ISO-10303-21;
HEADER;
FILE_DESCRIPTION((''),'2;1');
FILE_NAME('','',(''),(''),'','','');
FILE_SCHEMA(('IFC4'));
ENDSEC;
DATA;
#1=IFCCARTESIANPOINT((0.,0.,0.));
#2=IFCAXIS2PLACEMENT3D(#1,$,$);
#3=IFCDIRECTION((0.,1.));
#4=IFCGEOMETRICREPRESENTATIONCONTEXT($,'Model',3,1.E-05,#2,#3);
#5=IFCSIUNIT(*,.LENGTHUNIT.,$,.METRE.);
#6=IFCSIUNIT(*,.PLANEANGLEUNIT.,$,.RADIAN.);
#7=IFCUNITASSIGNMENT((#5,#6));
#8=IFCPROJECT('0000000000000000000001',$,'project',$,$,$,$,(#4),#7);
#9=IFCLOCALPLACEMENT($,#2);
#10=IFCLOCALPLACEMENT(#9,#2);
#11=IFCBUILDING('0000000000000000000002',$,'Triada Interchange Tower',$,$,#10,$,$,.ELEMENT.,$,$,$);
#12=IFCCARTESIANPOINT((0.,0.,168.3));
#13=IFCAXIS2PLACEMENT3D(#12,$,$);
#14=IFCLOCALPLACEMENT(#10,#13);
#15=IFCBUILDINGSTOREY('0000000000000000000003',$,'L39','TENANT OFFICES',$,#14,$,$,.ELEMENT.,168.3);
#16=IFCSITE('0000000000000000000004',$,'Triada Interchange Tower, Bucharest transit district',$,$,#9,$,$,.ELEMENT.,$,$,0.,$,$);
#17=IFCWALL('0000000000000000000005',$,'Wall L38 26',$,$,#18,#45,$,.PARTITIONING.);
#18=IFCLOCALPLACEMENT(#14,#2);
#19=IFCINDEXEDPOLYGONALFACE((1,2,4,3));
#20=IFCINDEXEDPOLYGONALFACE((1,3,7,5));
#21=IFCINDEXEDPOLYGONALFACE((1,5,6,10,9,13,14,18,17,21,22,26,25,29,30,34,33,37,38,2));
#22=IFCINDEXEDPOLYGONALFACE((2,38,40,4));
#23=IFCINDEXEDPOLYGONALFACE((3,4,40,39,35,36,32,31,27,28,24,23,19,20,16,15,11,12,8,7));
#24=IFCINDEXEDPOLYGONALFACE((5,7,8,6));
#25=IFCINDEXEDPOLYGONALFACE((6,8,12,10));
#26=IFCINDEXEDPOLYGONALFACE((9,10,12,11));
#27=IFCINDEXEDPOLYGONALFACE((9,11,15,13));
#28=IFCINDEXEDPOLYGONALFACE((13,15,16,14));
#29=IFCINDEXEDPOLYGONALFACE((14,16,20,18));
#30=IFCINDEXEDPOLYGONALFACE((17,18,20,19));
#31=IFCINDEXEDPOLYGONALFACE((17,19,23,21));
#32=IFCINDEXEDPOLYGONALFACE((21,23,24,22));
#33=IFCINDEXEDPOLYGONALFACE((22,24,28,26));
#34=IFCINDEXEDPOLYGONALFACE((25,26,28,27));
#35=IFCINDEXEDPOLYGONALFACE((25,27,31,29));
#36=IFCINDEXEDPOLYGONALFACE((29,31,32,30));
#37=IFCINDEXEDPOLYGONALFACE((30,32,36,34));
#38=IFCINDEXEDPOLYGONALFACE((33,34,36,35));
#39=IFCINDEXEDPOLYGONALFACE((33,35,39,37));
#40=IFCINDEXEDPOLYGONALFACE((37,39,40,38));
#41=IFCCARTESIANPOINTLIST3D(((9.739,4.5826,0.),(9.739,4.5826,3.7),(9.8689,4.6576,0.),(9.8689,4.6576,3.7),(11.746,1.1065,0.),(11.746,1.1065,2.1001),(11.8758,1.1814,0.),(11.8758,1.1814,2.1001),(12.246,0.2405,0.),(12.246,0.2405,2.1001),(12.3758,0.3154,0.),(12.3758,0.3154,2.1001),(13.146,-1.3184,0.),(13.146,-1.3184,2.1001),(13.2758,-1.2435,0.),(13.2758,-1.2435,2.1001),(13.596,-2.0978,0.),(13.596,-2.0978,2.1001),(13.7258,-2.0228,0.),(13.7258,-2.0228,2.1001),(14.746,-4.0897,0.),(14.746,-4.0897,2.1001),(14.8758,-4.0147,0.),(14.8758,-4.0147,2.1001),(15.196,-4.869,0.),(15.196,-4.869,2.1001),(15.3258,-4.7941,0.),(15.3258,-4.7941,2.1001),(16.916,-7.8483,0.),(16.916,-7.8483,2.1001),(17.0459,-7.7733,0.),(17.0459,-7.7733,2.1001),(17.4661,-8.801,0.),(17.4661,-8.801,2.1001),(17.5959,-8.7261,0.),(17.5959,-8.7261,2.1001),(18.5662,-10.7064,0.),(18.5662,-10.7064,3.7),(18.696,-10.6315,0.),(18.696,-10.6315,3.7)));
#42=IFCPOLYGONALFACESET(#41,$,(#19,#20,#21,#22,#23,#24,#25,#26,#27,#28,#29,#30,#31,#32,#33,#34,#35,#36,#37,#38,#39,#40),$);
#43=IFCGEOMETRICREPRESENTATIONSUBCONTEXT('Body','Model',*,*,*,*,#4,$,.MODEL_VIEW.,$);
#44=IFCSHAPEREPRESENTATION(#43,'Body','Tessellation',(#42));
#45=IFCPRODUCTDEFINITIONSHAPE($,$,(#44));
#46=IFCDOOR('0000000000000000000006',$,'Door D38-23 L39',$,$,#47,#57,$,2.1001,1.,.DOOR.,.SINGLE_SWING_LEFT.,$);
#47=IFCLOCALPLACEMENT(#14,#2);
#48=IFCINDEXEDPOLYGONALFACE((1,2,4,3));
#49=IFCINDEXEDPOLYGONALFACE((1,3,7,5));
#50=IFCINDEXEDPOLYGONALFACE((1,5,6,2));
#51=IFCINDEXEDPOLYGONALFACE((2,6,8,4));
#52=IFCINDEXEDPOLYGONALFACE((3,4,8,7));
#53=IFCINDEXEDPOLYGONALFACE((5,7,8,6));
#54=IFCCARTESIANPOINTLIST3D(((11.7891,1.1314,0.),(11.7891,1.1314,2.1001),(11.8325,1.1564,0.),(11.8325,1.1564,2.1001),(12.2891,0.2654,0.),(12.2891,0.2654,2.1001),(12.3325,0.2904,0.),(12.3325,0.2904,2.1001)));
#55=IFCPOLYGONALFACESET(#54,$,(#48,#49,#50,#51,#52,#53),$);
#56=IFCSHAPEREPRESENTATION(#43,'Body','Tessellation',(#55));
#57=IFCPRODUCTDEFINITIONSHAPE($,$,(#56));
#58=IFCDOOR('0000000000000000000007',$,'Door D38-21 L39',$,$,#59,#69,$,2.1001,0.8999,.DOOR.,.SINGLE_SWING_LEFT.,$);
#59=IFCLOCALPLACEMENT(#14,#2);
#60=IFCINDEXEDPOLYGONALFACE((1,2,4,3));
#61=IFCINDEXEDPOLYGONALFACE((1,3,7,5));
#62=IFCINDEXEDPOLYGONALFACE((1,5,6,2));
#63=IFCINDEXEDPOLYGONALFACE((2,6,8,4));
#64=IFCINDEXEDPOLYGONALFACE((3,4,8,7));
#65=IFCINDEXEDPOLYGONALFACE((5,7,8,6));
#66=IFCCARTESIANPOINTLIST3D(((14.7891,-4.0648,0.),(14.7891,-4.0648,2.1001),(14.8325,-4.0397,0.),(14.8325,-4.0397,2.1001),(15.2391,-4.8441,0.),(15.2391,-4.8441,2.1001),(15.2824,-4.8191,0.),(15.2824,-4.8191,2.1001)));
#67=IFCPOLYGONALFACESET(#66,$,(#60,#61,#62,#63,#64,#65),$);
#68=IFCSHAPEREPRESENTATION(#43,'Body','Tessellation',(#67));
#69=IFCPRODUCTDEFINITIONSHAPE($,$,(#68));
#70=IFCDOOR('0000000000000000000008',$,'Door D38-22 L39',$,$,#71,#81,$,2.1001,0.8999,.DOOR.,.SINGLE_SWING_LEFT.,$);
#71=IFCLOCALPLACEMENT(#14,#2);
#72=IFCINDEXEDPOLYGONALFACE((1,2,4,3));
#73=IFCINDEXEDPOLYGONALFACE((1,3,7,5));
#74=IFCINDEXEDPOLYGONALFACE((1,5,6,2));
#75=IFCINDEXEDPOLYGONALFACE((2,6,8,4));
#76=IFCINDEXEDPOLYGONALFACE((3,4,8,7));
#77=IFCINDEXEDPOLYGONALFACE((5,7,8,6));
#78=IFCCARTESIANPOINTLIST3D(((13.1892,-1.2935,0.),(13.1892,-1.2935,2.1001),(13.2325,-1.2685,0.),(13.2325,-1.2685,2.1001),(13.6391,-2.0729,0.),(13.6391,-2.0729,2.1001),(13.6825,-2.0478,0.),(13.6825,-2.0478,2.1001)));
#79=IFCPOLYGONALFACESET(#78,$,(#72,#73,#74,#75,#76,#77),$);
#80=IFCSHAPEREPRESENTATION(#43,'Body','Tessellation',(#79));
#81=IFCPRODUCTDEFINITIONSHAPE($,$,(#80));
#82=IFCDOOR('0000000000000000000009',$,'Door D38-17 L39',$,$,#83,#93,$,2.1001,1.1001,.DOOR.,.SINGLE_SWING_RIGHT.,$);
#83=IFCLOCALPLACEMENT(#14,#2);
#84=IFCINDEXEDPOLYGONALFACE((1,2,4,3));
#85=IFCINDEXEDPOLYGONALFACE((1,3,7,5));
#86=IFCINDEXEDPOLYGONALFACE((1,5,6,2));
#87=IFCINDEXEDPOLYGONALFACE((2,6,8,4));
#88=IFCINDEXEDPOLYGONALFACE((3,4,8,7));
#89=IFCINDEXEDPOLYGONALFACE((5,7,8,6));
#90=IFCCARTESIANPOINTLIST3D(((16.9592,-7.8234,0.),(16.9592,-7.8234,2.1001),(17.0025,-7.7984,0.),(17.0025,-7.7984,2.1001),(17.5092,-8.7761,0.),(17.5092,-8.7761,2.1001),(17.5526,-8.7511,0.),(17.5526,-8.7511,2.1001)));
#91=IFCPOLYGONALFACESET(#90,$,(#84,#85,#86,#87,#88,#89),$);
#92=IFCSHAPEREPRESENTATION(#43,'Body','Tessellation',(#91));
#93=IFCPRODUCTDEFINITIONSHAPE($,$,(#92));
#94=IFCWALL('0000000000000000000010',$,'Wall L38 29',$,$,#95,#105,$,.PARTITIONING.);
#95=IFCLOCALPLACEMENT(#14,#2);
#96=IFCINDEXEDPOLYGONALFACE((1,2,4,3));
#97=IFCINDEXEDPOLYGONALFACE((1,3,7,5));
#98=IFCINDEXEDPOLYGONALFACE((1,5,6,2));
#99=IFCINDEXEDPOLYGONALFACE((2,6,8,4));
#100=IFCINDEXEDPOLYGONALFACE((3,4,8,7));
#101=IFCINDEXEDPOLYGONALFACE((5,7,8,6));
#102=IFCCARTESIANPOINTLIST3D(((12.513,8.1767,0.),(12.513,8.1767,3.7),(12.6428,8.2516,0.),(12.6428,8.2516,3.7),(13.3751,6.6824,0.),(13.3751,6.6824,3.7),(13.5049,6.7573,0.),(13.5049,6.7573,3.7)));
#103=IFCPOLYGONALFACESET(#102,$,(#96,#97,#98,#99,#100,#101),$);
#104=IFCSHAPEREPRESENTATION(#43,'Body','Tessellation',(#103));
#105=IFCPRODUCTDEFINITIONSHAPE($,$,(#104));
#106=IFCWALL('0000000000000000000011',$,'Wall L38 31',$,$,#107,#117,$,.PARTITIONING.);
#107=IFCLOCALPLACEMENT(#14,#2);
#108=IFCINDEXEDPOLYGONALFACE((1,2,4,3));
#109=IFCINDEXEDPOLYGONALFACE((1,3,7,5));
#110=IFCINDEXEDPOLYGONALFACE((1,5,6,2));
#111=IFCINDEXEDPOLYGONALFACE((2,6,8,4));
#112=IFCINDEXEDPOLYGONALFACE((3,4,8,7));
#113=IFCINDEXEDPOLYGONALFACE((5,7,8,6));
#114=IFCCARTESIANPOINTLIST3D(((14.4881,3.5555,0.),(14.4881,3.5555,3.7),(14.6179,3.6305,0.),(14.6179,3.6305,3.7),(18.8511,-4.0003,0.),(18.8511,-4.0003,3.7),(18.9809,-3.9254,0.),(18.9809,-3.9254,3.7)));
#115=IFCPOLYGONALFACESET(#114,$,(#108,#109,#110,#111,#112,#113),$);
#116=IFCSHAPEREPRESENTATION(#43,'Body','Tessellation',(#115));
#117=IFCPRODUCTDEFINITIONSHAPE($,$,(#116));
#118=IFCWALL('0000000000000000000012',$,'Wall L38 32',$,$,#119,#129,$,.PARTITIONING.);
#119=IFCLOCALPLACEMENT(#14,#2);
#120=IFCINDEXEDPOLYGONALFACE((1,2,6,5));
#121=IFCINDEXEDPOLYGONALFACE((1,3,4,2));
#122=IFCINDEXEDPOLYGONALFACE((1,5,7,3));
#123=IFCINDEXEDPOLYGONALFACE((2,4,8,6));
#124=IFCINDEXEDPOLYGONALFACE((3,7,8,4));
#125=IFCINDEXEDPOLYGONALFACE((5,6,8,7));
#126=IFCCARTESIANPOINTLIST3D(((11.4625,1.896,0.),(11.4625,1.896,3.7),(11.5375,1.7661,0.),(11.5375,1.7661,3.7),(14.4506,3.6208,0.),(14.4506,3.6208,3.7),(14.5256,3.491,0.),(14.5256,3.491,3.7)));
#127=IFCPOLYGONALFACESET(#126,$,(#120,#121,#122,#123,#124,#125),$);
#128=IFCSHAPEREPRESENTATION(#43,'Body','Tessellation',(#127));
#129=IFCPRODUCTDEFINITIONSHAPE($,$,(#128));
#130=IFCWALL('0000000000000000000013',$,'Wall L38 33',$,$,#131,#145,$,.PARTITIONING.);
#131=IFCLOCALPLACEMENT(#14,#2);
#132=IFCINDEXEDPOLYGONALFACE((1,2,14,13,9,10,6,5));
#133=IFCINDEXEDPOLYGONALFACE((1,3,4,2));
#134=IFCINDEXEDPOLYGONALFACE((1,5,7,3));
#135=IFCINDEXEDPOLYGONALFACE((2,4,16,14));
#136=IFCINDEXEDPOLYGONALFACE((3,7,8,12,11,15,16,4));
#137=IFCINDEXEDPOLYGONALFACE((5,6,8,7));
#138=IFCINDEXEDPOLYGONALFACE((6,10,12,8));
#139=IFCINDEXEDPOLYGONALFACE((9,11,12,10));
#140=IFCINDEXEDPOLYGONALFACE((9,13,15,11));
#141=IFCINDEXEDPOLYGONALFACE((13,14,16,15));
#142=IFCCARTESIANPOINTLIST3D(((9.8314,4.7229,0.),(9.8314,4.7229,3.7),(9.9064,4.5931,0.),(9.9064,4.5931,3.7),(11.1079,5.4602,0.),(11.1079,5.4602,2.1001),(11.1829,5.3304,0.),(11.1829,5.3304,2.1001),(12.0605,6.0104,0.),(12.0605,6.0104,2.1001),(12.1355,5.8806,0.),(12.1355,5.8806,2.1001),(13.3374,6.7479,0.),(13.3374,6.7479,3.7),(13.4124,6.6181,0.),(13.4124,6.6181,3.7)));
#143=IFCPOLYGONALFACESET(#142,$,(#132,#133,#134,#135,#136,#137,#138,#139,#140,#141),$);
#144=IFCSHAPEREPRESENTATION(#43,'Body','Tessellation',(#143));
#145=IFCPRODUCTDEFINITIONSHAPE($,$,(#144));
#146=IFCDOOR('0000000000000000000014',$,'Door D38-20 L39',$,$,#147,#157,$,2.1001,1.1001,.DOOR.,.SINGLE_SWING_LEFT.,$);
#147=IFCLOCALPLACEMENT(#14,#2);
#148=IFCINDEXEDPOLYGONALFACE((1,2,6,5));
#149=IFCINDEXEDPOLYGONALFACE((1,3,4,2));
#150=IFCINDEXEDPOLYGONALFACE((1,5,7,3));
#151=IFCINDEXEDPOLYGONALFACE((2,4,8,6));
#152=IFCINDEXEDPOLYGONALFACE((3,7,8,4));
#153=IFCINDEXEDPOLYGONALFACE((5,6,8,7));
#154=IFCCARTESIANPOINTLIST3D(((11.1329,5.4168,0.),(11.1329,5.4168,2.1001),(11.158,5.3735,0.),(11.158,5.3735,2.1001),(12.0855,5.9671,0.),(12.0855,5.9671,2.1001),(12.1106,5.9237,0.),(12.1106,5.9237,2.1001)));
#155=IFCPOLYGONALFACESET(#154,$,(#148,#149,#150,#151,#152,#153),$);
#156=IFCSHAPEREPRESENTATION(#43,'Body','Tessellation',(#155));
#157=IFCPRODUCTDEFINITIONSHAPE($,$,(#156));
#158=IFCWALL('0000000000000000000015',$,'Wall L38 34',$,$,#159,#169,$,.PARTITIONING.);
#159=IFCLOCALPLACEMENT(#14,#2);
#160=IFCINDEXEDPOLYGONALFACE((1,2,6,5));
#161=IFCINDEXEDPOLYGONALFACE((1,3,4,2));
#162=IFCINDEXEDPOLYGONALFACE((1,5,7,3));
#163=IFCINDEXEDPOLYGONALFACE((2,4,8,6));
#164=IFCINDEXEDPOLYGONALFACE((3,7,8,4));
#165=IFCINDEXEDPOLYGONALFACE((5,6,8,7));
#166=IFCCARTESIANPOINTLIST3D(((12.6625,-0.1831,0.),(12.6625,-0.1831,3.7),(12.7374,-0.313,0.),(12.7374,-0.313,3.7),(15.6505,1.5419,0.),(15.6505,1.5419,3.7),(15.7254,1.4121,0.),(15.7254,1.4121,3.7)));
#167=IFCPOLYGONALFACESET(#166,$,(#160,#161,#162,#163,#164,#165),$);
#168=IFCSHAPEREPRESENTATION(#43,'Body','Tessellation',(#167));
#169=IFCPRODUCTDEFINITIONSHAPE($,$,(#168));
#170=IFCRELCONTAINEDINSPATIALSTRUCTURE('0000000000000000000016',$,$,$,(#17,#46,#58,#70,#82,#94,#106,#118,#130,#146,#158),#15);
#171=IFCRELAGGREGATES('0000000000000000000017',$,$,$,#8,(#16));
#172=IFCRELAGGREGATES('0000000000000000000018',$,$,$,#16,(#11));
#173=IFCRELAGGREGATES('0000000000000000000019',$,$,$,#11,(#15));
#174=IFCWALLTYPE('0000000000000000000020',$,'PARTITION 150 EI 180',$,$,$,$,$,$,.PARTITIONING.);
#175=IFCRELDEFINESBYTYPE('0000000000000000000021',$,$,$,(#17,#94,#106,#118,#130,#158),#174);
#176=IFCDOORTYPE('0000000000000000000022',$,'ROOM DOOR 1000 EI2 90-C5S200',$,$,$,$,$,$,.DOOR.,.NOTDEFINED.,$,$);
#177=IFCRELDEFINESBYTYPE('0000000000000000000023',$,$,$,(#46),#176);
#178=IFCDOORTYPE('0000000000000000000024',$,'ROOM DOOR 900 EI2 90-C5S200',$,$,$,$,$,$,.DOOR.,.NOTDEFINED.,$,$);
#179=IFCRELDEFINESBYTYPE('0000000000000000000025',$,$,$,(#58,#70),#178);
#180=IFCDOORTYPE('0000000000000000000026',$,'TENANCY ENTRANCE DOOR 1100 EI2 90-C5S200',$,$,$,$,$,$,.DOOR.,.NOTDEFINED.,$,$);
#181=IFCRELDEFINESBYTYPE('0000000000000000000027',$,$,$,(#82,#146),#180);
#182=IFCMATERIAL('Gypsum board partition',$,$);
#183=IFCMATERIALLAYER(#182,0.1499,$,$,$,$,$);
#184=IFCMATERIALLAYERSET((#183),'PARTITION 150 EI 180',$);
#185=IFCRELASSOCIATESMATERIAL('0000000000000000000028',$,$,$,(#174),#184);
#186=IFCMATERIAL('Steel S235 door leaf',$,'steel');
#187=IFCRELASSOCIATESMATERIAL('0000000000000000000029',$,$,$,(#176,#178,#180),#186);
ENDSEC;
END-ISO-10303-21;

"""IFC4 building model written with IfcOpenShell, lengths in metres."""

from ifc_helpers import new_model, si_unit, direction, frame, frame_2d, origin, place, context, subcontext, project, spatial, rectangle, extrude, material, layer, layer_set, type_object, element, fill, save


model = new_model("IFC4")

# Units and contexts
model_context = context("Model", 3, precision=1e-05, world=origin(), true_north=direction((0.0, 1.0)))
body_context = subcontext(model_context, "Body", "Model", "MODEL_VIEW")
ifc_project = project(units=[si_unit("LENGTHUNIT", "METRE"), si_unit("PLANEANGLEUNIT", "RADIAN")], contexts=[model_context])

# Site, building, storey
site_placement = place(None, origin())
site = spatial("IfcSite", under=ifc_project, at=site_placement, Name="Triada Interchange Tower, Bucharest transit district", CompositionType="ELEMENT", RefElevation=0.0)
building_placement = place(site_placement, origin())
building = spatial("IfcBuilding", under=site, at=building_placement, Name="Triada Interchange Tower", CompositionType="ELEMENT")
storey_placement = place(building_placement, frame((0.0, 0.0, 168.3)))
storey = spatial("IfcBuildingStorey", under=building, at=storey_placement, Name="L39", Description="TENANT OFFICES", CompositionType="ELEMENT", Elevation=168.3)

# Shared definitions
ifc_material_1 = material(Name="Gypsum board partition")
ifc_layer_1 = layer(ifc_material_1, 0.1499)
ifc_layer_set_1 = layer_set([ifc_layer_1], Name="PARTITION 150 EI 180")
wall_type = type_object("IfcWallType", Name="PARTITION 150 EI 180", PredefinedType="PARTITIONING", material=ifc_layer_set_1)

# Wall, openings, doors
wall_1_placement = place(storey_placement, frame((9.804, 4.6201, 0.0), z_axis=(0.0, 0.0, 1.0), x_axis=(0.5, -0.866025, 0.0)))
wall_1 = element("IfcWall", 1, at=wall_1_placement, inside=storey, type_object=wall_type, Name="Wall L38 26", PredefinedType="PARTITIONING", context=body_context, shape_type="SweptSolid", body=[
    extrude(rectangle(XDim=17.6543, YDim=0.1499, at=frame_2d((8.8271, 0.0))), origin(), (0.0, 0.0, 1.0), 3.7),
])
opening_1_placement = place(wall_1_placement, frame((14.354, 0.0, 0.0)))
opening_1 = element("IfcOpeningElement", 2, at=opening_1_placement, cuts=wall_1, PredefinedType="OPENING", context=body_context, shape_type="SweptSolid", body=[
    extrude(rectangle(XDim=1.1001, YDim=2.1001, at=frame_2d((0.55, 1.05))), frame((0.0, 0.085, 0.0), z_axis=(0.0, -1.0, 0.0), x_axis=(1.0, 0.0, 0.0)), (0.0, 0.0, 1.0), 0.1699),
])
opening_2_placement = place(wall_1_placement, frame((10.0139, 0.0, 0.0)))
opening_2 = element("IfcOpeningElement", 3, at=opening_2_placement, cuts=wall_1, PredefinedType="OPENING", context=body_context, shape_type="SweptSolid", body=[
    extrude(rectangle(XDim=0.8999, YDim=2.1001, at=frame_2d((0.45, 1.05))), frame((0.0, 0.085, 0.0), z_axis=(0.0, -1.0, 0.0), x_axis=(1.0, 0.0, 0.0)), (0.0, 0.0, 1.0), 0.1699),
])
opening_3_placement = place(wall_1_placement, frame((6.814, 0.0, 0.0)))
opening_3 = element("IfcOpeningElement", 4, at=opening_3_placement, cuts=wall_1, PredefinedType="OPENING", context=body_context, shape_type="SweptSolid", body=[
    extrude(rectangle(XDim=0.8999, YDim=2.1001, at=frame_2d((0.45, 1.05))), frame((0.0, 0.085, 0.0), z_axis=(0.0, -1.0, 0.0), x_axis=(1.0, 0.0, 0.0)), (0.0, 0.0, 1.0), 0.1699),
])
opening_4_placement = place(wall_1_placement, frame((4.0139, 0.0, 0.0)))
opening_4 = element("IfcOpeningElement", 5, at=opening_4_placement, cuts=wall_1, PredefinedType="OPENING", context=body_context, shape_type="SweptSolid", body=[
    extrude(rectangle(XDim=1.0, YDim=2.1001, at=frame_2d((0.5, 1.05))), frame((0.0, 0.085, 0.0), z_axis=(0.0, -1.0, 0.0), x_axis=(1.0, 0.0, 0.0)), (0.0, 0.0, 1.0), 0.1699),
])
ifc_material_2 = material(Name="Steel S235 door leaf", Category="steel")
door_type_1 = type_object("IfcDoorType", Name="ROOM DOOR 1000 EI2 90-C5S200", OperationType="NOTDEFINED", PredefinedType="DOOR", material=ifc_material_2)
door_1_placement = place(opening_4_placement, origin())
door_1 = element("IfcDoor", 6, at=door_1_placement, inside=storey, type_object=door_type_1, Name="Door D38-23 L39", OperationType="SINGLE_SWING_LEFT", OverallHeight=2.1001, OverallWidth=1.0, PredefinedType="DOOR", context=body_context, shape_type="SweptSolid", body=[
    extrude(rectangle(XDim=1.0, YDim=2.1001, at=frame_2d((0.5, 1.05))), frame((0.0, 0.0249, 0.0), z_axis=(0.0, -1.0, 0.0), x_axis=(1.0, 0.0, 0.0)), (0.0, 0.0, 1.0), 0.05),
])
fill(opening_4, door_1)
door_type_2 = type_object("IfcDoorType", Name="ROOM DOOR 900 EI2 90-C5S200", OperationType="NOTDEFINED", PredefinedType="DOOR", material=ifc_material_2)
door_2_placement = place(opening_2_placement, origin())
door_2 = element("IfcDoor", 7, at=door_2_placement, inside=storey, type_object=door_type_2, Name="Door D38-21 L39", OperationType="SINGLE_SWING_LEFT", OverallHeight=2.1001, OverallWidth=0.8999, PredefinedType="DOOR", context=body_context, shape_type="SweptSolid", body=[
    extrude(rectangle(XDim=0.8999, YDim=2.1001, at=frame_2d((0.45, 1.05))), frame((0.0, 0.0249, 0.0), z_axis=(0.0, -1.0, 0.0), x_axis=(1.0, 0.0, 0.0)), (0.0, 0.0, 1.0), 0.05),
])
fill(opening_2, door_2)
door_3_placement = place(opening_3_placement, origin())
door_3 = element("IfcDoor", 8, at=door_3_placement, inside=storey, type_object=door_type_2, Name="Door D38-22 L39", OperationType="SINGLE_SWING_LEFT", OverallHeight=2.1001, OverallWidth=0.8999, PredefinedType="DOOR", context=body_context, shape_type="SweptSolid", body=[
    extrude(rectangle(XDim=0.8999, YDim=2.1001, at=frame_2d((0.45, 1.05))), frame((0.0, 0.0249, 0.0), z_axis=(0.0, -1.0, 0.0), x_axis=(1.0, 0.0, 0.0)), (0.0, 0.0, 1.0), 0.05),
])
fill(opening_3, door_3)
door_type_3 = type_object("IfcDoorType", Name="TENANCY ENTRANCE DOOR 1100 EI2 90-C5S200", OperationType="NOTDEFINED", PredefinedType="DOOR", material=ifc_material_2)
door_4_placement = place(opening_1_placement, origin())
door_4 = element("IfcDoor", 9, at=door_4_placement, inside=storey, type_object=door_type_3, Name="Door D38-17 L39", OperationType="SINGLE_SWING_RIGHT", OverallHeight=2.1001, OverallWidth=1.1001, PredefinedType="DOOR", context=body_context, shape_type="SweptSolid", body=[
    extrude(rectangle(XDim=1.1001, YDim=2.1001, at=frame_2d((0.55, 1.05))), frame((0.0, 0.0249, 0.0), z_axis=(0.0, -1.0, 0.0), x_axis=(1.0, 0.0, 0.0)), (0.0, 0.0, 1.0), 0.05),
])
fill(opening_1, door_4)

# Walls
wall_2_placement = place(storey_placement, frame((12.5779, 8.2141, 0.0), z_axis=(0.0, 0.0, 1.0), x_axis=(0.499747, -0.866171, 0.0)))
element("IfcWall", 10, at=wall_2_placement, inside=storey, type_object=wall_type, Name="Wall L38 29", PredefinedType="PARTITIONING", context=body_context, shape_type="SweptSolid", body=[
    extrude(rectangle(XDim=1.7251, YDim=0.1499, at=frame_2d((0.8625, 0.0))), origin(), (0.0, 0.0, 1.0), 3.7),
])
wall_3_placement = place(storey_placement, frame((14.553, 3.593, 0.0), z_axis=(0.0, 0.0, 1.0), x_axis=(0.500054, -0.865994, 0.0)))
element("IfcWall", 11, at=wall_3_placement, inside=storey, type_object=wall_type, Name="Wall L38 31", PredefinedType="PARTITIONING", context=body_context, shape_type="SweptSolid", body=[
    extrude(rectangle(XDim=8.7251, YDim=0.1499, at=frame_2d((4.3625, 0.0))), origin(), (0.0, 0.0, 1.0), 3.7),
])
wall_4_placement = place(storey_placement, frame((11.5, 1.8311, 0.0), z_axis=(0.0, 0.0, 1.0), x_axis=(0.866062, 0.499937, 0.0)))
element("IfcWall", 12, at=wall_4_placement, inside=storey, type_object=wall_type, Name="Wall L38 32", PredefinedType="PARTITIONING", context=body_context, shape_type="SweptSolid", body=[
    extrude(rectangle(XDim=3.4502, YDim=0.1499, at=frame_2d((1.7251, 0.0))), origin(), (0.0, 0.0, 1.0), 3.7),
])

# Wall, opening, door
wall_5_placement = place(storey_placement, frame((9.8689, 4.658, 0.0), z_axis=(0.0, 0.0, 1.0), x_axis=(0.865929, 0.500166, 0.0)))
wall_5 = element("IfcWall", 13, at=wall_5_placement, inside=storey, type_object=wall_type, Name="Wall L38 33", PredefinedType="PARTITIONING", context=body_context, shape_type="SweptSolid", body=[
    extrude(rectangle(XDim=4.0488, YDim=0.1499, at=frame_2d((2.0244, 0.0))), origin(), (0.0, 0.0, 1.0), 3.7),
])
opening_5_placement = place(wall_5_placement, frame((1.4741, 0.0, 0.0)))
opening_5 = element("IfcOpeningElement", 14, at=opening_5_placement, cuts=wall_5, PredefinedType="OPENING", context=body_context, shape_type="SweptSolid", body=[
    extrude(rectangle(XDim=1.1001, YDim=2.1001, at=frame_2d((0.55, 1.05))), frame((0.0, 0.085, 0.0), z_axis=(0.0, -1.0, 0.0), x_axis=(1.0, 0.0, 0.0)), (0.0, 0.0, 1.0), 0.1699),
])
door_5_placement = place(opening_5_placement, origin())
door_5 = element("IfcDoor", 15, at=door_5_placement, inside=storey, type_object=door_type_3, Name="Door D38-20 L39", OperationType="SINGLE_SWING_LEFT", OverallHeight=2.1001, OverallWidth=1.1001, PredefinedType="DOOR", context=body_context, shape_type="SweptSolid", body=[
    extrude(rectangle(XDim=1.1001, YDim=2.1001, at=frame_2d((0.55, 1.05))), frame((0.0, 0.0249, 0.0), z_axis=(0.0, -1.0, 0.0), x_axis=(1.0, 0.0, 0.0)), (0.0, 0.0, 1.0), 0.05),
])
fill(opening_5, door_5)

# Wall
wall_6_placement = place(storey_placement, frame((12.7, -0.248, 0.0), z_axis=(0.0, 0.0, 1.0), x_axis=(0.866031, 0.49999, 0.0)))
element("IfcWall", 16, at=wall_6_placement, inside=storey, type_object=wall_type, Name="Wall L38 34", PredefinedType="PARTITIONING", context=body_context, shape_type="SweptSolid", body=[
    extrude(rectangle(XDim=3.4502, YDim=0.1499, at=frame_2d((1.7251, 0.0))), origin(), (0.0, 0.0, 1.0), 3.7),
])

save(model, "model.ifc")
